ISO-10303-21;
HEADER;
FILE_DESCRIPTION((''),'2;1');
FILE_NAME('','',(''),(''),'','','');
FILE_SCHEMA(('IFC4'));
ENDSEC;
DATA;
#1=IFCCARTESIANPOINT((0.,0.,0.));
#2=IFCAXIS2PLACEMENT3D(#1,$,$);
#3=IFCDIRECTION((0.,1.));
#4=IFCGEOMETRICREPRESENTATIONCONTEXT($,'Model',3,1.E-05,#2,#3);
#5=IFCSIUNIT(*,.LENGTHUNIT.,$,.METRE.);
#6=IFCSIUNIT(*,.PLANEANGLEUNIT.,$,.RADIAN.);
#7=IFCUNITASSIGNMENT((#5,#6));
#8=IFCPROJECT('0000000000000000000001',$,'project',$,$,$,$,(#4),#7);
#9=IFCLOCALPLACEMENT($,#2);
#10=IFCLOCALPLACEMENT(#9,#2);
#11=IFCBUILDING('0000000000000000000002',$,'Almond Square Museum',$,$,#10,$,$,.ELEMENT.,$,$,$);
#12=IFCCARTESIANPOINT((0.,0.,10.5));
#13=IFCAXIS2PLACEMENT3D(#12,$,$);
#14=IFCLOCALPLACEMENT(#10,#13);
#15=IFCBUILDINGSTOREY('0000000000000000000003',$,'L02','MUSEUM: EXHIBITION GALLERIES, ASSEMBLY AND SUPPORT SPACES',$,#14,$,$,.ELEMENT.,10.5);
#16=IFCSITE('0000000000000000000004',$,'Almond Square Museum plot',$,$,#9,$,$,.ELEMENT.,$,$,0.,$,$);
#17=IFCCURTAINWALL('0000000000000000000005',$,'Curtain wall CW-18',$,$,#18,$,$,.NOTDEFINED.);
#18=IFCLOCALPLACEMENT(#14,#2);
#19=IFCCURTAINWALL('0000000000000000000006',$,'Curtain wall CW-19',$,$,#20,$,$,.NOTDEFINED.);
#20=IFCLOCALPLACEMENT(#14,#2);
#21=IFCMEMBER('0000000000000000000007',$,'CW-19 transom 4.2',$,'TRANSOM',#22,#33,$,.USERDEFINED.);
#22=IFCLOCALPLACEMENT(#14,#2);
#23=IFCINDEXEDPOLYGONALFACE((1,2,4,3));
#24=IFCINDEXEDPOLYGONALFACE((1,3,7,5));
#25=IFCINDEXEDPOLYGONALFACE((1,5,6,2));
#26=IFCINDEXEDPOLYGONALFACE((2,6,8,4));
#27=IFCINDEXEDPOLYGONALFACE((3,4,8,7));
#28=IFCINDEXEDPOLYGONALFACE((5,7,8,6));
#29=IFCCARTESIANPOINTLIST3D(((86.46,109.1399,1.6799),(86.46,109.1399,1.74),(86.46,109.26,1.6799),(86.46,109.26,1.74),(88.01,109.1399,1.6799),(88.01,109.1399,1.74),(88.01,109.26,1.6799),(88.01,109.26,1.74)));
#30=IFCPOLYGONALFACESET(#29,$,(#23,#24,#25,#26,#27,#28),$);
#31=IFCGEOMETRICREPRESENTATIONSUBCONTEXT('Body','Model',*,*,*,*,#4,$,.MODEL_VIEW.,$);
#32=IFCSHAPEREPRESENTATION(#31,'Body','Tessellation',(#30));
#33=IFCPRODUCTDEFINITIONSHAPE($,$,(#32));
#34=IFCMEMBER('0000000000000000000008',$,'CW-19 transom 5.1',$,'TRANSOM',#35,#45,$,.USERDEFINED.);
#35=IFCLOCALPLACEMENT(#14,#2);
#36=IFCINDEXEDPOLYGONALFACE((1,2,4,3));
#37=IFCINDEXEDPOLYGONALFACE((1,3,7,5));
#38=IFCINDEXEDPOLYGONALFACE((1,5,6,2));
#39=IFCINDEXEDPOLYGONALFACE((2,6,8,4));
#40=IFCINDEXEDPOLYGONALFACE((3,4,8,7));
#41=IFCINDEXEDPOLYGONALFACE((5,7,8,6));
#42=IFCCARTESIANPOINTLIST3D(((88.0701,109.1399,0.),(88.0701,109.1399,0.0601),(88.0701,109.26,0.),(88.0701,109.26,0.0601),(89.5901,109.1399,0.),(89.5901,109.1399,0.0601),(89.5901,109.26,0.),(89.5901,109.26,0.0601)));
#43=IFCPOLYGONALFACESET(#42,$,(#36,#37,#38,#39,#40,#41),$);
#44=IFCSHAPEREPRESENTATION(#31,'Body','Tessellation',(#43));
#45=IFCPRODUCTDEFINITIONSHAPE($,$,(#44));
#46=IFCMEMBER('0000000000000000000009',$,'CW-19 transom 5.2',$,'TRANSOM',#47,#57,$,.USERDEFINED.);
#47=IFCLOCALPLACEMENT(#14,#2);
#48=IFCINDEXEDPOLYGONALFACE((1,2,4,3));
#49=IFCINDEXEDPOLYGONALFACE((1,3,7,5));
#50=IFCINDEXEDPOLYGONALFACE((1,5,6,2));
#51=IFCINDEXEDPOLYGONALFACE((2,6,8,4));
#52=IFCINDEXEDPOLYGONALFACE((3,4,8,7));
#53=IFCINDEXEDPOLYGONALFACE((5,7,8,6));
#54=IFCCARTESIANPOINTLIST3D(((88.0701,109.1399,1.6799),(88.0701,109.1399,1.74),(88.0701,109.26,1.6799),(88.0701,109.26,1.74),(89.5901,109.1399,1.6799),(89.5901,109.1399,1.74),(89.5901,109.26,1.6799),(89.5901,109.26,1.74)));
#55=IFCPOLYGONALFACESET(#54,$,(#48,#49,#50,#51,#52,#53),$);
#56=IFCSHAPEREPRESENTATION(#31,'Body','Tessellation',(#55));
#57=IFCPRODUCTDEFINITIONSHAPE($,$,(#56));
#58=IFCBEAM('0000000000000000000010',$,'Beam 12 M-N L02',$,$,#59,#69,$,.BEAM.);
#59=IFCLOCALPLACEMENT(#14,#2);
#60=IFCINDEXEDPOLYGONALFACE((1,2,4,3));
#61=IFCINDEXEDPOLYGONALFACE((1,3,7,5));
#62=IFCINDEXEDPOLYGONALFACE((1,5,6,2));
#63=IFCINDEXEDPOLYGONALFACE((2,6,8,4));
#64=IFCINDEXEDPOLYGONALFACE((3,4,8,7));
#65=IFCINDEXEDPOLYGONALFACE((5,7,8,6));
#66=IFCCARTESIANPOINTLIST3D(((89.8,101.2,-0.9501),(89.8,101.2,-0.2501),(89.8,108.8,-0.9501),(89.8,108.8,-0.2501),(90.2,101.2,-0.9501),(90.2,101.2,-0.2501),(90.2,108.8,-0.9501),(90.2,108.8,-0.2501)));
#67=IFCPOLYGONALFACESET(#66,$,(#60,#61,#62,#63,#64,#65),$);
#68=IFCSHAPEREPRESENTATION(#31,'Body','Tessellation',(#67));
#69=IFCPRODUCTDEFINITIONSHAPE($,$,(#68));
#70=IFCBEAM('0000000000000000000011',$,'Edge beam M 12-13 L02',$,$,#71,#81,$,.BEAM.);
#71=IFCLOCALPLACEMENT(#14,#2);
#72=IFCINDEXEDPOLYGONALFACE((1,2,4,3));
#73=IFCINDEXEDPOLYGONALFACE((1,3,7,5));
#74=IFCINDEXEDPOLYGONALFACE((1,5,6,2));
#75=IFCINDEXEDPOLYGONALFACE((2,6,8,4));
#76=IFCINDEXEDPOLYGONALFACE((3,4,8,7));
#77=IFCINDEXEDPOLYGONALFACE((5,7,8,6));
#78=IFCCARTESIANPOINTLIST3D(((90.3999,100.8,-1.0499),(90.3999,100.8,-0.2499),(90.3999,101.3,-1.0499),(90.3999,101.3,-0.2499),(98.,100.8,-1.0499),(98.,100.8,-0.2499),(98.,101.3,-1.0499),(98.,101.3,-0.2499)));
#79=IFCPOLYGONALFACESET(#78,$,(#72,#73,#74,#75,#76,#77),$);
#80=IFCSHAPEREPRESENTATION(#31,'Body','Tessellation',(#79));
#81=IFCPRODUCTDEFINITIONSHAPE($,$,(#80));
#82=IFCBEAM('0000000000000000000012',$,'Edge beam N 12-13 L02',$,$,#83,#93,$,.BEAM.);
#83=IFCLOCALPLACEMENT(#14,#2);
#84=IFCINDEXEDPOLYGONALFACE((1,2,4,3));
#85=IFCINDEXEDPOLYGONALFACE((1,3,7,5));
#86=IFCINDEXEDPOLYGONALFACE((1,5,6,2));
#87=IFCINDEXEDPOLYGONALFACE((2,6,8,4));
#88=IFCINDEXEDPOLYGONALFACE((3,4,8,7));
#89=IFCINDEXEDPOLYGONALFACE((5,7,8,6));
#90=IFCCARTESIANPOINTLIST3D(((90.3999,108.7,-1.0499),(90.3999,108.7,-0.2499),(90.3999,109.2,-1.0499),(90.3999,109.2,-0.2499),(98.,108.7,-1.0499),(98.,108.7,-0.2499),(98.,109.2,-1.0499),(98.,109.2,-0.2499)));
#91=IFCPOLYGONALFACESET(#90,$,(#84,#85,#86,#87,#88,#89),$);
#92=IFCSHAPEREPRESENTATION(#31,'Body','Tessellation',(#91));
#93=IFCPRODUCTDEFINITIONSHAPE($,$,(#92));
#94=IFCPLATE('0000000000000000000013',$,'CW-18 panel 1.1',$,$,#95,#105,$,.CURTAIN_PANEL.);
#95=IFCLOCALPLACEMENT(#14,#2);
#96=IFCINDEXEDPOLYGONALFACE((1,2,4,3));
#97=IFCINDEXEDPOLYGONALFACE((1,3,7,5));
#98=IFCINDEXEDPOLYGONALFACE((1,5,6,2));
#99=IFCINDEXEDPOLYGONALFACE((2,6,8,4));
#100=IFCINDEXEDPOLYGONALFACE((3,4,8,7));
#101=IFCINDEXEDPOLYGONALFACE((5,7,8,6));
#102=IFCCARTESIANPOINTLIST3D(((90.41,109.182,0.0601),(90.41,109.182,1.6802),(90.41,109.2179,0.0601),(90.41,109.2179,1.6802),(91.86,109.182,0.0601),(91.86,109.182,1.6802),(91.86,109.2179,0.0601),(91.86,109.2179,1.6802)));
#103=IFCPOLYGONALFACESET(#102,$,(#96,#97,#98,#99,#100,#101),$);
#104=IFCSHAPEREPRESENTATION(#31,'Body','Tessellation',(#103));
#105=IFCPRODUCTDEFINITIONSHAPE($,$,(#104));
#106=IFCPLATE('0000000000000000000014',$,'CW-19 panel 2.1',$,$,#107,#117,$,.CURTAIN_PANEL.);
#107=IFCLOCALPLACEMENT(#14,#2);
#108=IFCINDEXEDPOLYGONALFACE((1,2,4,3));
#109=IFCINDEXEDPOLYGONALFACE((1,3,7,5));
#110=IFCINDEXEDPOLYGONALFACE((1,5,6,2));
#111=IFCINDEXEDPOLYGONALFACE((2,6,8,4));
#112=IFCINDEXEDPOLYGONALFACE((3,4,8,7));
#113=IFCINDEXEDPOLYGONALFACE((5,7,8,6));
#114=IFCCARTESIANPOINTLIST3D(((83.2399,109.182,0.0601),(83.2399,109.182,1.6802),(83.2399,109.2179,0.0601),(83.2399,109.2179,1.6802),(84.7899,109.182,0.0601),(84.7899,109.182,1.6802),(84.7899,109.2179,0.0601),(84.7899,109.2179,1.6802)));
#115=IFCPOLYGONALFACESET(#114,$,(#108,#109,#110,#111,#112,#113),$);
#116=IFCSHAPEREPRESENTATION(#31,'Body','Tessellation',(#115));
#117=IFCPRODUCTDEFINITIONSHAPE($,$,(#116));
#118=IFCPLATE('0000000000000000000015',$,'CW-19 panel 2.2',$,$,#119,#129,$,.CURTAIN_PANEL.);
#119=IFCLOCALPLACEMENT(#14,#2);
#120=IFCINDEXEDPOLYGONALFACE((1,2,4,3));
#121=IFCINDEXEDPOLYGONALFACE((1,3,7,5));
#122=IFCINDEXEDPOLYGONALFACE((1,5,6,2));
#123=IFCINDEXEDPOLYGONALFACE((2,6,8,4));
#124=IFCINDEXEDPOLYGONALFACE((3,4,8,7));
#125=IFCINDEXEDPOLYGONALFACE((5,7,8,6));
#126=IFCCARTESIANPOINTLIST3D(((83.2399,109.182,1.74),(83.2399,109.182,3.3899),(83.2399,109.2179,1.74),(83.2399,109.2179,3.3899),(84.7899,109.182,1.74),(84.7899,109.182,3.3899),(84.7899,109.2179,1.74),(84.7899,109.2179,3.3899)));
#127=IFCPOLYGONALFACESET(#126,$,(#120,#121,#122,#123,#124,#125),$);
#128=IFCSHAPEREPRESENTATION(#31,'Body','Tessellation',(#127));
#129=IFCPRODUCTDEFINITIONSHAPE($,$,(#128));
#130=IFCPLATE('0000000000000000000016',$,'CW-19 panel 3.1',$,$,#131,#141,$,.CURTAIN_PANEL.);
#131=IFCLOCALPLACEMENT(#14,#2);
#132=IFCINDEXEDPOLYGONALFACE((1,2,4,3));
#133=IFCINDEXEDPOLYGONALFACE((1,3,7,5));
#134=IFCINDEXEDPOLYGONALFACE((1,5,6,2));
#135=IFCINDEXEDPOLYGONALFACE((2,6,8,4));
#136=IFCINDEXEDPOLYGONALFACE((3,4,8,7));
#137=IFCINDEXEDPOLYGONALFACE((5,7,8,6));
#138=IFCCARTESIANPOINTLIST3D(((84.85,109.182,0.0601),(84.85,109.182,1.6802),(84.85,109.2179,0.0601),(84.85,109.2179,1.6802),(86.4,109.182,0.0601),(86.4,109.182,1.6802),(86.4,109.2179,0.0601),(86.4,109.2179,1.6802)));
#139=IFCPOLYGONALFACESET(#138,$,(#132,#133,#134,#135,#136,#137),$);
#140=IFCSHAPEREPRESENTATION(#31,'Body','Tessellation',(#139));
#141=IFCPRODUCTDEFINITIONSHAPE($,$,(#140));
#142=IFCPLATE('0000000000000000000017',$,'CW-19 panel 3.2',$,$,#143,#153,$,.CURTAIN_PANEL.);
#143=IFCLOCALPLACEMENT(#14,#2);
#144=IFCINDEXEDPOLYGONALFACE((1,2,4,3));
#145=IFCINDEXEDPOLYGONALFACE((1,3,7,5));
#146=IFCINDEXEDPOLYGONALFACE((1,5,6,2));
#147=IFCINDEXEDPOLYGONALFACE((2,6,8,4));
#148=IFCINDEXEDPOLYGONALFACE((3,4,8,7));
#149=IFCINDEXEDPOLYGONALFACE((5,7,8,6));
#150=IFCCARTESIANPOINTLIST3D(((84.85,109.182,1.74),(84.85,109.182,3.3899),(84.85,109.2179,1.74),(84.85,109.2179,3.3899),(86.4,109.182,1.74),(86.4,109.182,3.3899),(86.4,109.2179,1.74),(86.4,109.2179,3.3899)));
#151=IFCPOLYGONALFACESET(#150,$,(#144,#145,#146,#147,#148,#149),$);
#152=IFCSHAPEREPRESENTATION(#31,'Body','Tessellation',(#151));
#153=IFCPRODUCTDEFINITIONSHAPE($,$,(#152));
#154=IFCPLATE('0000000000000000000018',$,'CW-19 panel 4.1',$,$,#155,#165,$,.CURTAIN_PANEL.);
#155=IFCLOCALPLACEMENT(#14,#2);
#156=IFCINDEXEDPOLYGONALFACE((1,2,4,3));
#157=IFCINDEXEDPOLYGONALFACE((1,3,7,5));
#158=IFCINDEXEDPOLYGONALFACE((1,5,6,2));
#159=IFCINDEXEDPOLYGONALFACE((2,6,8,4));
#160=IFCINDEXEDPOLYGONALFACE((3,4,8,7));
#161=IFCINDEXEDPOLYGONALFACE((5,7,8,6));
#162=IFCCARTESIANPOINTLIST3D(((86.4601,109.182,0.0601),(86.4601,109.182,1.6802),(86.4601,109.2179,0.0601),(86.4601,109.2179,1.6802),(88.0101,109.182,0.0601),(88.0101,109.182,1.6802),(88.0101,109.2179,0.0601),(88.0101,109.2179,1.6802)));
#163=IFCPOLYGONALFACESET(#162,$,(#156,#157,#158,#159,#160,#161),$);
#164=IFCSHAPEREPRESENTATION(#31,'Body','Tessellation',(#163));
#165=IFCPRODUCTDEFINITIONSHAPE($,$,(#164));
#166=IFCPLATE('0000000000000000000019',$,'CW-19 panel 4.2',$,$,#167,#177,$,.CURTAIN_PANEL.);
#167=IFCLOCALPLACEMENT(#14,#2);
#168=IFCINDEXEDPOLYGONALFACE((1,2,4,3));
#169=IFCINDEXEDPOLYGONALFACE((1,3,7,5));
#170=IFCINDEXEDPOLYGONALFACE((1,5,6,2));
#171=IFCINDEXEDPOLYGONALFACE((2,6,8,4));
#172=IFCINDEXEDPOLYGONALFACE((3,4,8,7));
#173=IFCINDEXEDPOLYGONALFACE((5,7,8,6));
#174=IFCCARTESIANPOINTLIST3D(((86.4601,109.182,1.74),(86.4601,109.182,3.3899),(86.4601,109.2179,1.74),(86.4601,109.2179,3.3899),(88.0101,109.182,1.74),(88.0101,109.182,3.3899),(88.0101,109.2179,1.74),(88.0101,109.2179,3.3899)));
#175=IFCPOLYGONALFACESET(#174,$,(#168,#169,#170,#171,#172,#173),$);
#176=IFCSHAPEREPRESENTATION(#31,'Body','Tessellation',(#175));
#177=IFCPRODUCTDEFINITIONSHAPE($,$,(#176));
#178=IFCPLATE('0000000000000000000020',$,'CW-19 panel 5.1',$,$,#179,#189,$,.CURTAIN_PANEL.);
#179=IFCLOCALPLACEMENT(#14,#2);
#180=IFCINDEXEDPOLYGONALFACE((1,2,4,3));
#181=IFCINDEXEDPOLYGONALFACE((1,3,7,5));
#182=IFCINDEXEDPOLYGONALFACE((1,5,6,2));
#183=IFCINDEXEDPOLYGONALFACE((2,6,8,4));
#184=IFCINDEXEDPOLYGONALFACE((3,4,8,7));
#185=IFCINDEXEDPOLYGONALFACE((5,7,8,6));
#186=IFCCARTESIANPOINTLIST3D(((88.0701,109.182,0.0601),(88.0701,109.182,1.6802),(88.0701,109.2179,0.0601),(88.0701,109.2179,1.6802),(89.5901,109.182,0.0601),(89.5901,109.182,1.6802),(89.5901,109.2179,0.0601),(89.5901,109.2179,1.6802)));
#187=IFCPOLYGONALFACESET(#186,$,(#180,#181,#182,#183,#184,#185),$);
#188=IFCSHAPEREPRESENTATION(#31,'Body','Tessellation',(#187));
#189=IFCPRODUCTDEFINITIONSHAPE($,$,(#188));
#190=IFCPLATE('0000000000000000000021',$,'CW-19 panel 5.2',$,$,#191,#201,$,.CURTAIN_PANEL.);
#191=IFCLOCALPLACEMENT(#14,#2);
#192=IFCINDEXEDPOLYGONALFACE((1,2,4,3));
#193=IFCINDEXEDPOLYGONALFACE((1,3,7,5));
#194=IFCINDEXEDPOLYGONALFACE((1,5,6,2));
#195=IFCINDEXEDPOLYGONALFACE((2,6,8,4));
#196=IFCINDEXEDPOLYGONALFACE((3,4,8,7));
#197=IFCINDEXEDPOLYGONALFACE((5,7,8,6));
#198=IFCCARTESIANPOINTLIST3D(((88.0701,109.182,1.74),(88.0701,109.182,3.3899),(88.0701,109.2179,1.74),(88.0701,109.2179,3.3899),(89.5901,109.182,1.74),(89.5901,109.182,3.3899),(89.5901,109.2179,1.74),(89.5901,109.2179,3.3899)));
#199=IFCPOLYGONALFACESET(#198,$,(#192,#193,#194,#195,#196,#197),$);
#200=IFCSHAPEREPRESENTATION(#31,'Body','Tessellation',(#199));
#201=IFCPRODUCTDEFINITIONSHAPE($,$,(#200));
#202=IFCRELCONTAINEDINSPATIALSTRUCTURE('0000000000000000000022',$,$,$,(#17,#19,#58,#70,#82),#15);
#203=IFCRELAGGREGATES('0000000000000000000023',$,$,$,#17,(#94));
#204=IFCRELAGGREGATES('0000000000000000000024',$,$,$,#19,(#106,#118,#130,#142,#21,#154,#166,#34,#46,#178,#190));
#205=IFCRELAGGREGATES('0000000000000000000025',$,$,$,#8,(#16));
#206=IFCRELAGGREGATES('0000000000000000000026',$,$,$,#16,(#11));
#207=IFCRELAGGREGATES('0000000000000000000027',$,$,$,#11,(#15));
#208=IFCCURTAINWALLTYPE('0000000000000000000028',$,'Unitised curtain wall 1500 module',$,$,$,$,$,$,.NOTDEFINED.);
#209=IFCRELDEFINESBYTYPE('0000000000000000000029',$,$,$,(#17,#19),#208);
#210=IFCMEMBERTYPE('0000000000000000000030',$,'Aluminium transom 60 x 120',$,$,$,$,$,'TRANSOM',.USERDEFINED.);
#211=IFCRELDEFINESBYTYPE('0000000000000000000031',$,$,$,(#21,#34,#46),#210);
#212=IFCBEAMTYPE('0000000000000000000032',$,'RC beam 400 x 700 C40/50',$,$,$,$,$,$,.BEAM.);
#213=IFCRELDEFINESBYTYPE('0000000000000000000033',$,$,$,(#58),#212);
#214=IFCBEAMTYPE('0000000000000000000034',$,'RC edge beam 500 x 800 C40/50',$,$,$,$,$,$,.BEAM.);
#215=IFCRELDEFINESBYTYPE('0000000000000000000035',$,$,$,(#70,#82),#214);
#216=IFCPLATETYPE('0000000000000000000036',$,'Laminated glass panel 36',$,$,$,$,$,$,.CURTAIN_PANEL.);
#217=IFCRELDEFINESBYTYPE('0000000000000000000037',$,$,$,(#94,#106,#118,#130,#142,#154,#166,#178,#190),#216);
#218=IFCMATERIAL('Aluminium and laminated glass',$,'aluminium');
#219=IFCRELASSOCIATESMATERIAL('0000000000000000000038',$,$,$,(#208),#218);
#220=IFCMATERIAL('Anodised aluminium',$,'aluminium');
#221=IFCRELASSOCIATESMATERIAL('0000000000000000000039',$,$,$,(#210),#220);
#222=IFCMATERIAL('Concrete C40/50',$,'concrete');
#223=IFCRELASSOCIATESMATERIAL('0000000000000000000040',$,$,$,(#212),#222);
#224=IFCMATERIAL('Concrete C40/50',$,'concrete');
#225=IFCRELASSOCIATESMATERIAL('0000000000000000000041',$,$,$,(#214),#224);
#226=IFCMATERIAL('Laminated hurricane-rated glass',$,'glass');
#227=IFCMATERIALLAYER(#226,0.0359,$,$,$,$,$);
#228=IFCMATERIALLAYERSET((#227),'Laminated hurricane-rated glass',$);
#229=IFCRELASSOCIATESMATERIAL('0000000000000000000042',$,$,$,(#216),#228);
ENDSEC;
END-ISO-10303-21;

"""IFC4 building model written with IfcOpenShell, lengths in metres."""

from ifc_helpers import new_model, si_unit, direction, frame, origin, origin_2d, place, context, subcontext, project, spatial, rectangle, extrude, material, layer, layer_set, material_profile, profile_set, type_object, element, aggregate, save


model = new_model("IFC4")

# Units and contexts
model_context = context("Model", 3, precision=1e-05, world=origin(), true_north=direction((0.0, 1.0)))
body_context = subcontext(model_context, "Body", "Model", "MODEL_VIEW")
ifc_project = project(units=[si_unit("LENGTHUNIT", "METRE"), si_unit("PLANEANGLEUNIT", "RADIAN")], contexts=[model_context])

# Site, building, storey
site_placement = place(None, origin())
site = spatial("IfcSite", under=ifc_project, at=site_placement, Name="Almond Square Museum plot", CompositionType="ELEMENT", RefElevation=0.0)
building_placement = place(site_placement, origin())
building = spatial("IfcBuilding", under=site, at=building_placement, Name="Almond Square Museum", CompositionType="ELEMENT")
storey_placement = place(building_placement, frame((0.0, 0.0, 10.5)))
storey = spatial("IfcBuildingStorey", under=building, at=storey_placement, Name="L02", Description="MUSEUM: EXHIBITION GALLERIES, ASSEMBLY AND SUPPORT SPACES", CompositionType="ELEMENT", Elevation=10.5)

# Curtain wall
ifc_material_1 = material(Name="Aluminium and laminated glass", Category="aluminium")
curtain_wall_type = type_object("IfcCurtainWallType", Name="Unitised curtain wall 1500 module", PredefinedType="NOTDEFINED", material=ifc_material_1)
curtain_wall_1_placement = place(storey_placement, origin())
curtain_wall_1 = element("IfcCurtainWall", 1, at=curtain_wall_1_placement, inside=storey, type_object=curtain_wall_type, Name="Curtain wall CW-18", PredefinedType="NOTDEFINED")

# Curtain wall
curtain_wall_2_placement = place(storey_placement, origin())
curtain_wall_2 = element("IfcCurtainWall", 2, at=curtain_wall_2_placement, inside=storey, type_object=curtain_wall_type, Name="Curtain wall CW-19", PredefinedType="NOTDEFINED")

# Members
ifc_material_2 = material(Name="Anodised aluminium", Category="aluminium")
ifc_material_profile_1 = material_profile(ifc_material_2, rectangle(XDim=0.1201, YDim=0.0601, at=origin_2d()))
ifc_profile_set_1 = profile_set([ifc_material_profile_1], Name="Anodised aluminium")
member_type_1 = type_object("IfcMemberType", Name="Aluminium transom 60 x 120", ElementType="TRANSOM", PredefinedType="USERDEFINED", material=ifc_profile_set_1)
member_1_placement = place(storey_placement, frame((86.46, 109.2, 1.71), z_axis=(1.0, 0.0, 0.0), x_axis=(0.0, 1.0, 0.0)))
member_1 = element("IfcMember", 3, at=member_1_placement, type_object=member_type_1, Name="CW-19 transom 4.2", ObjectType="TRANSOM", PredefinedType="USERDEFINED", context=body_context, shape_type="SweptSolid", body=[
    extrude(rectangle(XDim=0.1201, YDim=0.0601, at=origin_2d()), origin(), (0.0, 0.0, 1.0), 1.55),
])
member_2_placement = place(storey_placement, frame((88.0701, 109.2, 0.03), z_axis=(1.0, 0.0, 0.0), x_axis=(0.0, 1.0, 0.0)))
member_2 = element("IfcMember", 4, at=member_2_placement, type_object=member_type_1, Name="CW-19 transom 5.1", ObjectType="TRANSOM", PredefinedType="USERDEFINED", context=body_context, shape_type="SweptSolid", body=[
    extrude(rectangle(XDim=0.1201, YDim=0.0601, at=origin_2d()), origin(), (0.0, 0.0, 1.0), 1.52),
])
member_3_placement = place(storey_placement, frame((88.0701, 109.2, 1.71), z_axis=(1.0, 0.0, 0.0), x_axis=(0.0, 1.0, 0.0)))
member_3 = element("IfcMember", 5, at=member_3_placement, type_object=member_type_1, Name="CW-19 transom 5.2", ObjectType="TRANSOM", PredefinedType="USERDEFINED", context=body_context, shape_type="SweptSolid", body=[
    extrude(rectangle(XDim=0.1201, YDim=0.0601, at=origin_2d()), origin(), (0.0, 0.0, 1.0), 1.52),
])

# Beams
ifc_material_3 = material(Name="Concrete C40/50", Category="concrete")
ifc_material_profile_2 = material_profile(ifc_material_3, rectangle(XDim=0.3999, YDim=0.7, at=origin_2d()))
ifc_profile_set_2 = profile_set([ifc_material_profile_2], Name="Concrete C40/50")
beam_type_1 = type_object("IfcBeamType", Name="RC beam 400 x 700 C40/50", PredefinedType="BEAM", material=ifc_profile_set_2)
beam_placement = place(storey_placement, frame((90.0, 101.2, -0.6001), z_axis=(0.0, 1.0, 0.0), x_axis=(-1.0, 0.0, 0.0)))
element("IfcBeam", 6, at=beam_placement, inside=storey, type_object=beam_type_1, Name="Beam 12 M-N L02", PredefinedType="BEAM", context=body_context, shape_type="SweptSolid", body=[
    extrude(rectangle(XDim=0.3999, YDim=0.7, at=origin_2d()), origin(), (0.0, 0.0, 1.0), 7.6001),
])
ifc_material_4 = material(Name="Concrete C40/50", Category="concrete")
ifc_material_profile_3 = material_profile(ifc_material_4, rectangle(XDim=0.5, YDim=0.8, at=origin_2d()))
ifc_profile_set_3 = profile_set([ifc_material_profile_3], Name="Concrete C40/50")
beam_type_2 = type_object("IfcBeamType", Name="RC edge beam 500 x 800 C40/50", PredefinedType="BEAM", material=ifc_profile_set_3)
for number, where, z_axis, x_axis, name in (
    (7, (90.3999, 101.05, -0.6499), (1.0, 0.0, 0.0), (0.0, 1.0, 0.0), "Edge beam M 12-13 L02"),
    (8, (90.3999, 108.95, -0.6499), (1.0, 0.0, 0.0), (0.0, 1.0, 0.0), "Edge beam N 12-13 L02"),
):
    element("IfcBeam", number, at=place(storey_placement, frame(where, z_axis=z_axis, x_axis=x_axis)), inside=storey, type_object=beam_type_2, Name=name, PredefinedType="BEAM", context=body_context, shape_type="SweptSolid", body=[
        extrude(rectangle(XDim=0.5, YDim=0.8, at=origin_2d()), origin(), (0.0, 0.0, 1.0), 7.6001),
    ])

# Plates
ifc_material_5 = material(Name="Laminated hurricane-rated glass", Category="glass")
ifc_layer = layer(ifc_material_5, 0.0359)
ifc_layer_set = layer_set([ifc_layer], Name="Laminated hurricane-rated glass")
plate_type = type_object("IfcPlateType", Name="Laminated glass panel 36", PredefinedType="CURTAIN_PANEL", material=ifc_layer_set)
plate_1_placement = place(storey_placement, frame((91.135, 109.2, 0.0601), z_axis=(0.0, 0.0, 1.0), x_axis=(1.0, 0.0, 0.0)))
plate_1 = element("IfcPlate", 9, at=plate_1_placement, type_object=plate_type, Name="CW-18 panel 1.1", PredefinedType="CURTAIN_PANEL", context=body_context, shape_type="SweptSolid", body=[
    extrude(rectangle(XDim=1.45, YDim=0.0359, at=origin_2d()), origin(), (0.0, 0.0, 1.0), 1.6201),
])
aggregate(curtain_wall_1, [plate_1])
plate_2_placement = place(storey_placement, frame((84.0149, 109.2, 0.0601), z_axis=(0.0, 0.0, 1.0), x_axis=(1.0, 0.0, 0.0)))
plate_2 = element("IfcPlate", 10, at=plate_2_placement, type_object=plate_type, Name="CW-19 panel 2.1", PredefinedType="CURTAIN_PANEL", context=body_context, shape_type="SweptSolid", body=[
    extrude(rectangle(XDim=1.55, YDim=0.0359, at=origin_2d()), origin(), (0.0, 0.0, 1.0), 1.6201),
])
plate_3_placement = place(storey_placement, frame((84.0149, 109.2, 1.74), z_axis=(0.0, 0.0, 1.0), x_axis=(1.0, 0.0, 0.0)))
plate_3 = element("IfcPlate", 11, at=plate_3_placement, type_object=plate_type, Name="CW-19 panel 2.2", PredefinedType="CURTAIN_PANEL", context=body_context, shape_type="SweptSolid", body=[
    extrude(rectangle(XDim=1.55, YDim=0.0359, at=origin_2d()), origin(), (0.0, 0.0, 1.0), 1.6499),
])
plate_4_placement = place(storey_placement, frame((85.625, 109.2, 0.0601), z_axis=(0.0, 0.0, 1.0), x_axis=(1.0, 0.0, 0.0)))
plate_4 = element("IfcPlate", 12, at=plate_4_placement, type_object=plate_type, Name="CW-19 panel 3.1", PredefinedType="CURTAIN_PANEL", context=body_context, shape_type="SweptSolid", body=[
    extrude(rectangle(XDim=1.55, YDim=0.0359, at=origin_2d()), origin(), (0.0, 0.0, 1.0), 1.6201),
])
plate_5_placement = place(storey_placement, frame((85.625, 109.2, 1.74), z_axis=(0.0, 0.0, 1.0), x_axis=(1.0, 0.0, 0.0)))
plate_5 = element("IfcPlate", 13, at=plate_5_placement, type_object=plate_type, Name="CW-19 panel 3.2", PredefinedType="CURTAIN_PANEL", context=body_context, shape_type="SweptSolid", body=[
    extrude(rectangle(XDim=1.55, YDim=0.0359, at=origin_2d()), origin(), (0.0, 0.0, 1.0), 1.6499),
])
plate_6_placement = place(storey_placement, frame((87.2351, 109.2, 0.0601), z_axis=(0.0, 0.0, 1.0), x_axis=(1.0, 0.0, 0.0)))
plate_6 = element("IfcPlate", 14, at=plate_6_placement, type_object=plate_type, Name="CW-19 panel 4.1", PredefinedType="CURTAIN_PANEL", context=body_context, shape_type="SweptSolid", body=[
    extrude(rectangle(XDim=1.55, YDim=0.0359, at=origin_2d()), origin(), (0.0, 0.0, 1.0), 1.6201),
])
plate_7_placement = place(storey_placement, frame((87.2351, 109.2, 1.74), z_axis=(0.0, 0.0, 1.0), x_axis=(1.0, 0.0, 0.0)))
plate_7 = element("IfcPlate", 15, at=plate_7_placement, type_object=plate_type, Name="CW-19 panel 4.2", PredefinedType="CURTAIN_PANEL", context=body_context, shape_type="SweptSolid", body=[
    extrude(rectangle(XDim=1.55, YDim=0.0359, at=origin_2d()), origin(), (0.0, 0.0, 1.0), 1.6499),
])
plate_8_placement = place(storey_placement, frame((88.8301, 109.2, 0.0601), z_axis=(0.0, 0.0, 1.0), x_axis=(1.0, 0.0, 0.0)))
plate_8 = element("IfcPlate", 16, at=plate_8_placement, type_object=plate_type, Name="CW-19 panel 5.1", PredefinedType="CURTAIN_PANEL", context=body_context, shape_type="SweptSolid", body=[
    extrude(rectangle(XDim=1.52, YDim=0.0359, at=origin_2d()), origin(), (0.0, 0.0, 1.0), 1.6201),
])
plate_9_placement = place(storey_placement, frame((88.8301, 109.2, 1.74), z_axis=(0.0, 0.0, 1.0), x_axis=(1.0, 0.0, 0.0)))
plate_9 = element("IfcPlate", 17, at=plate_9_placement, type_object=plate_type, Name="CW-19 panel 5.2", PredefinedType="CURTAIN_PANEL", context=body_context, shape_type="SweptSolid", body=[
    extrude(rectangle(XDim=1.52, YDim=0.0359, at=origin_2d()), origin(), (0.0, 0.0, 1.0), 1.6499),
])
aggregate(curtain_wall_2, [plate_2, plate_3, plate_4, plate_5, member_1, plate_6, plate_7, member_2, member_3, plate_8, plate_9])

save(model, "model.ifc")
